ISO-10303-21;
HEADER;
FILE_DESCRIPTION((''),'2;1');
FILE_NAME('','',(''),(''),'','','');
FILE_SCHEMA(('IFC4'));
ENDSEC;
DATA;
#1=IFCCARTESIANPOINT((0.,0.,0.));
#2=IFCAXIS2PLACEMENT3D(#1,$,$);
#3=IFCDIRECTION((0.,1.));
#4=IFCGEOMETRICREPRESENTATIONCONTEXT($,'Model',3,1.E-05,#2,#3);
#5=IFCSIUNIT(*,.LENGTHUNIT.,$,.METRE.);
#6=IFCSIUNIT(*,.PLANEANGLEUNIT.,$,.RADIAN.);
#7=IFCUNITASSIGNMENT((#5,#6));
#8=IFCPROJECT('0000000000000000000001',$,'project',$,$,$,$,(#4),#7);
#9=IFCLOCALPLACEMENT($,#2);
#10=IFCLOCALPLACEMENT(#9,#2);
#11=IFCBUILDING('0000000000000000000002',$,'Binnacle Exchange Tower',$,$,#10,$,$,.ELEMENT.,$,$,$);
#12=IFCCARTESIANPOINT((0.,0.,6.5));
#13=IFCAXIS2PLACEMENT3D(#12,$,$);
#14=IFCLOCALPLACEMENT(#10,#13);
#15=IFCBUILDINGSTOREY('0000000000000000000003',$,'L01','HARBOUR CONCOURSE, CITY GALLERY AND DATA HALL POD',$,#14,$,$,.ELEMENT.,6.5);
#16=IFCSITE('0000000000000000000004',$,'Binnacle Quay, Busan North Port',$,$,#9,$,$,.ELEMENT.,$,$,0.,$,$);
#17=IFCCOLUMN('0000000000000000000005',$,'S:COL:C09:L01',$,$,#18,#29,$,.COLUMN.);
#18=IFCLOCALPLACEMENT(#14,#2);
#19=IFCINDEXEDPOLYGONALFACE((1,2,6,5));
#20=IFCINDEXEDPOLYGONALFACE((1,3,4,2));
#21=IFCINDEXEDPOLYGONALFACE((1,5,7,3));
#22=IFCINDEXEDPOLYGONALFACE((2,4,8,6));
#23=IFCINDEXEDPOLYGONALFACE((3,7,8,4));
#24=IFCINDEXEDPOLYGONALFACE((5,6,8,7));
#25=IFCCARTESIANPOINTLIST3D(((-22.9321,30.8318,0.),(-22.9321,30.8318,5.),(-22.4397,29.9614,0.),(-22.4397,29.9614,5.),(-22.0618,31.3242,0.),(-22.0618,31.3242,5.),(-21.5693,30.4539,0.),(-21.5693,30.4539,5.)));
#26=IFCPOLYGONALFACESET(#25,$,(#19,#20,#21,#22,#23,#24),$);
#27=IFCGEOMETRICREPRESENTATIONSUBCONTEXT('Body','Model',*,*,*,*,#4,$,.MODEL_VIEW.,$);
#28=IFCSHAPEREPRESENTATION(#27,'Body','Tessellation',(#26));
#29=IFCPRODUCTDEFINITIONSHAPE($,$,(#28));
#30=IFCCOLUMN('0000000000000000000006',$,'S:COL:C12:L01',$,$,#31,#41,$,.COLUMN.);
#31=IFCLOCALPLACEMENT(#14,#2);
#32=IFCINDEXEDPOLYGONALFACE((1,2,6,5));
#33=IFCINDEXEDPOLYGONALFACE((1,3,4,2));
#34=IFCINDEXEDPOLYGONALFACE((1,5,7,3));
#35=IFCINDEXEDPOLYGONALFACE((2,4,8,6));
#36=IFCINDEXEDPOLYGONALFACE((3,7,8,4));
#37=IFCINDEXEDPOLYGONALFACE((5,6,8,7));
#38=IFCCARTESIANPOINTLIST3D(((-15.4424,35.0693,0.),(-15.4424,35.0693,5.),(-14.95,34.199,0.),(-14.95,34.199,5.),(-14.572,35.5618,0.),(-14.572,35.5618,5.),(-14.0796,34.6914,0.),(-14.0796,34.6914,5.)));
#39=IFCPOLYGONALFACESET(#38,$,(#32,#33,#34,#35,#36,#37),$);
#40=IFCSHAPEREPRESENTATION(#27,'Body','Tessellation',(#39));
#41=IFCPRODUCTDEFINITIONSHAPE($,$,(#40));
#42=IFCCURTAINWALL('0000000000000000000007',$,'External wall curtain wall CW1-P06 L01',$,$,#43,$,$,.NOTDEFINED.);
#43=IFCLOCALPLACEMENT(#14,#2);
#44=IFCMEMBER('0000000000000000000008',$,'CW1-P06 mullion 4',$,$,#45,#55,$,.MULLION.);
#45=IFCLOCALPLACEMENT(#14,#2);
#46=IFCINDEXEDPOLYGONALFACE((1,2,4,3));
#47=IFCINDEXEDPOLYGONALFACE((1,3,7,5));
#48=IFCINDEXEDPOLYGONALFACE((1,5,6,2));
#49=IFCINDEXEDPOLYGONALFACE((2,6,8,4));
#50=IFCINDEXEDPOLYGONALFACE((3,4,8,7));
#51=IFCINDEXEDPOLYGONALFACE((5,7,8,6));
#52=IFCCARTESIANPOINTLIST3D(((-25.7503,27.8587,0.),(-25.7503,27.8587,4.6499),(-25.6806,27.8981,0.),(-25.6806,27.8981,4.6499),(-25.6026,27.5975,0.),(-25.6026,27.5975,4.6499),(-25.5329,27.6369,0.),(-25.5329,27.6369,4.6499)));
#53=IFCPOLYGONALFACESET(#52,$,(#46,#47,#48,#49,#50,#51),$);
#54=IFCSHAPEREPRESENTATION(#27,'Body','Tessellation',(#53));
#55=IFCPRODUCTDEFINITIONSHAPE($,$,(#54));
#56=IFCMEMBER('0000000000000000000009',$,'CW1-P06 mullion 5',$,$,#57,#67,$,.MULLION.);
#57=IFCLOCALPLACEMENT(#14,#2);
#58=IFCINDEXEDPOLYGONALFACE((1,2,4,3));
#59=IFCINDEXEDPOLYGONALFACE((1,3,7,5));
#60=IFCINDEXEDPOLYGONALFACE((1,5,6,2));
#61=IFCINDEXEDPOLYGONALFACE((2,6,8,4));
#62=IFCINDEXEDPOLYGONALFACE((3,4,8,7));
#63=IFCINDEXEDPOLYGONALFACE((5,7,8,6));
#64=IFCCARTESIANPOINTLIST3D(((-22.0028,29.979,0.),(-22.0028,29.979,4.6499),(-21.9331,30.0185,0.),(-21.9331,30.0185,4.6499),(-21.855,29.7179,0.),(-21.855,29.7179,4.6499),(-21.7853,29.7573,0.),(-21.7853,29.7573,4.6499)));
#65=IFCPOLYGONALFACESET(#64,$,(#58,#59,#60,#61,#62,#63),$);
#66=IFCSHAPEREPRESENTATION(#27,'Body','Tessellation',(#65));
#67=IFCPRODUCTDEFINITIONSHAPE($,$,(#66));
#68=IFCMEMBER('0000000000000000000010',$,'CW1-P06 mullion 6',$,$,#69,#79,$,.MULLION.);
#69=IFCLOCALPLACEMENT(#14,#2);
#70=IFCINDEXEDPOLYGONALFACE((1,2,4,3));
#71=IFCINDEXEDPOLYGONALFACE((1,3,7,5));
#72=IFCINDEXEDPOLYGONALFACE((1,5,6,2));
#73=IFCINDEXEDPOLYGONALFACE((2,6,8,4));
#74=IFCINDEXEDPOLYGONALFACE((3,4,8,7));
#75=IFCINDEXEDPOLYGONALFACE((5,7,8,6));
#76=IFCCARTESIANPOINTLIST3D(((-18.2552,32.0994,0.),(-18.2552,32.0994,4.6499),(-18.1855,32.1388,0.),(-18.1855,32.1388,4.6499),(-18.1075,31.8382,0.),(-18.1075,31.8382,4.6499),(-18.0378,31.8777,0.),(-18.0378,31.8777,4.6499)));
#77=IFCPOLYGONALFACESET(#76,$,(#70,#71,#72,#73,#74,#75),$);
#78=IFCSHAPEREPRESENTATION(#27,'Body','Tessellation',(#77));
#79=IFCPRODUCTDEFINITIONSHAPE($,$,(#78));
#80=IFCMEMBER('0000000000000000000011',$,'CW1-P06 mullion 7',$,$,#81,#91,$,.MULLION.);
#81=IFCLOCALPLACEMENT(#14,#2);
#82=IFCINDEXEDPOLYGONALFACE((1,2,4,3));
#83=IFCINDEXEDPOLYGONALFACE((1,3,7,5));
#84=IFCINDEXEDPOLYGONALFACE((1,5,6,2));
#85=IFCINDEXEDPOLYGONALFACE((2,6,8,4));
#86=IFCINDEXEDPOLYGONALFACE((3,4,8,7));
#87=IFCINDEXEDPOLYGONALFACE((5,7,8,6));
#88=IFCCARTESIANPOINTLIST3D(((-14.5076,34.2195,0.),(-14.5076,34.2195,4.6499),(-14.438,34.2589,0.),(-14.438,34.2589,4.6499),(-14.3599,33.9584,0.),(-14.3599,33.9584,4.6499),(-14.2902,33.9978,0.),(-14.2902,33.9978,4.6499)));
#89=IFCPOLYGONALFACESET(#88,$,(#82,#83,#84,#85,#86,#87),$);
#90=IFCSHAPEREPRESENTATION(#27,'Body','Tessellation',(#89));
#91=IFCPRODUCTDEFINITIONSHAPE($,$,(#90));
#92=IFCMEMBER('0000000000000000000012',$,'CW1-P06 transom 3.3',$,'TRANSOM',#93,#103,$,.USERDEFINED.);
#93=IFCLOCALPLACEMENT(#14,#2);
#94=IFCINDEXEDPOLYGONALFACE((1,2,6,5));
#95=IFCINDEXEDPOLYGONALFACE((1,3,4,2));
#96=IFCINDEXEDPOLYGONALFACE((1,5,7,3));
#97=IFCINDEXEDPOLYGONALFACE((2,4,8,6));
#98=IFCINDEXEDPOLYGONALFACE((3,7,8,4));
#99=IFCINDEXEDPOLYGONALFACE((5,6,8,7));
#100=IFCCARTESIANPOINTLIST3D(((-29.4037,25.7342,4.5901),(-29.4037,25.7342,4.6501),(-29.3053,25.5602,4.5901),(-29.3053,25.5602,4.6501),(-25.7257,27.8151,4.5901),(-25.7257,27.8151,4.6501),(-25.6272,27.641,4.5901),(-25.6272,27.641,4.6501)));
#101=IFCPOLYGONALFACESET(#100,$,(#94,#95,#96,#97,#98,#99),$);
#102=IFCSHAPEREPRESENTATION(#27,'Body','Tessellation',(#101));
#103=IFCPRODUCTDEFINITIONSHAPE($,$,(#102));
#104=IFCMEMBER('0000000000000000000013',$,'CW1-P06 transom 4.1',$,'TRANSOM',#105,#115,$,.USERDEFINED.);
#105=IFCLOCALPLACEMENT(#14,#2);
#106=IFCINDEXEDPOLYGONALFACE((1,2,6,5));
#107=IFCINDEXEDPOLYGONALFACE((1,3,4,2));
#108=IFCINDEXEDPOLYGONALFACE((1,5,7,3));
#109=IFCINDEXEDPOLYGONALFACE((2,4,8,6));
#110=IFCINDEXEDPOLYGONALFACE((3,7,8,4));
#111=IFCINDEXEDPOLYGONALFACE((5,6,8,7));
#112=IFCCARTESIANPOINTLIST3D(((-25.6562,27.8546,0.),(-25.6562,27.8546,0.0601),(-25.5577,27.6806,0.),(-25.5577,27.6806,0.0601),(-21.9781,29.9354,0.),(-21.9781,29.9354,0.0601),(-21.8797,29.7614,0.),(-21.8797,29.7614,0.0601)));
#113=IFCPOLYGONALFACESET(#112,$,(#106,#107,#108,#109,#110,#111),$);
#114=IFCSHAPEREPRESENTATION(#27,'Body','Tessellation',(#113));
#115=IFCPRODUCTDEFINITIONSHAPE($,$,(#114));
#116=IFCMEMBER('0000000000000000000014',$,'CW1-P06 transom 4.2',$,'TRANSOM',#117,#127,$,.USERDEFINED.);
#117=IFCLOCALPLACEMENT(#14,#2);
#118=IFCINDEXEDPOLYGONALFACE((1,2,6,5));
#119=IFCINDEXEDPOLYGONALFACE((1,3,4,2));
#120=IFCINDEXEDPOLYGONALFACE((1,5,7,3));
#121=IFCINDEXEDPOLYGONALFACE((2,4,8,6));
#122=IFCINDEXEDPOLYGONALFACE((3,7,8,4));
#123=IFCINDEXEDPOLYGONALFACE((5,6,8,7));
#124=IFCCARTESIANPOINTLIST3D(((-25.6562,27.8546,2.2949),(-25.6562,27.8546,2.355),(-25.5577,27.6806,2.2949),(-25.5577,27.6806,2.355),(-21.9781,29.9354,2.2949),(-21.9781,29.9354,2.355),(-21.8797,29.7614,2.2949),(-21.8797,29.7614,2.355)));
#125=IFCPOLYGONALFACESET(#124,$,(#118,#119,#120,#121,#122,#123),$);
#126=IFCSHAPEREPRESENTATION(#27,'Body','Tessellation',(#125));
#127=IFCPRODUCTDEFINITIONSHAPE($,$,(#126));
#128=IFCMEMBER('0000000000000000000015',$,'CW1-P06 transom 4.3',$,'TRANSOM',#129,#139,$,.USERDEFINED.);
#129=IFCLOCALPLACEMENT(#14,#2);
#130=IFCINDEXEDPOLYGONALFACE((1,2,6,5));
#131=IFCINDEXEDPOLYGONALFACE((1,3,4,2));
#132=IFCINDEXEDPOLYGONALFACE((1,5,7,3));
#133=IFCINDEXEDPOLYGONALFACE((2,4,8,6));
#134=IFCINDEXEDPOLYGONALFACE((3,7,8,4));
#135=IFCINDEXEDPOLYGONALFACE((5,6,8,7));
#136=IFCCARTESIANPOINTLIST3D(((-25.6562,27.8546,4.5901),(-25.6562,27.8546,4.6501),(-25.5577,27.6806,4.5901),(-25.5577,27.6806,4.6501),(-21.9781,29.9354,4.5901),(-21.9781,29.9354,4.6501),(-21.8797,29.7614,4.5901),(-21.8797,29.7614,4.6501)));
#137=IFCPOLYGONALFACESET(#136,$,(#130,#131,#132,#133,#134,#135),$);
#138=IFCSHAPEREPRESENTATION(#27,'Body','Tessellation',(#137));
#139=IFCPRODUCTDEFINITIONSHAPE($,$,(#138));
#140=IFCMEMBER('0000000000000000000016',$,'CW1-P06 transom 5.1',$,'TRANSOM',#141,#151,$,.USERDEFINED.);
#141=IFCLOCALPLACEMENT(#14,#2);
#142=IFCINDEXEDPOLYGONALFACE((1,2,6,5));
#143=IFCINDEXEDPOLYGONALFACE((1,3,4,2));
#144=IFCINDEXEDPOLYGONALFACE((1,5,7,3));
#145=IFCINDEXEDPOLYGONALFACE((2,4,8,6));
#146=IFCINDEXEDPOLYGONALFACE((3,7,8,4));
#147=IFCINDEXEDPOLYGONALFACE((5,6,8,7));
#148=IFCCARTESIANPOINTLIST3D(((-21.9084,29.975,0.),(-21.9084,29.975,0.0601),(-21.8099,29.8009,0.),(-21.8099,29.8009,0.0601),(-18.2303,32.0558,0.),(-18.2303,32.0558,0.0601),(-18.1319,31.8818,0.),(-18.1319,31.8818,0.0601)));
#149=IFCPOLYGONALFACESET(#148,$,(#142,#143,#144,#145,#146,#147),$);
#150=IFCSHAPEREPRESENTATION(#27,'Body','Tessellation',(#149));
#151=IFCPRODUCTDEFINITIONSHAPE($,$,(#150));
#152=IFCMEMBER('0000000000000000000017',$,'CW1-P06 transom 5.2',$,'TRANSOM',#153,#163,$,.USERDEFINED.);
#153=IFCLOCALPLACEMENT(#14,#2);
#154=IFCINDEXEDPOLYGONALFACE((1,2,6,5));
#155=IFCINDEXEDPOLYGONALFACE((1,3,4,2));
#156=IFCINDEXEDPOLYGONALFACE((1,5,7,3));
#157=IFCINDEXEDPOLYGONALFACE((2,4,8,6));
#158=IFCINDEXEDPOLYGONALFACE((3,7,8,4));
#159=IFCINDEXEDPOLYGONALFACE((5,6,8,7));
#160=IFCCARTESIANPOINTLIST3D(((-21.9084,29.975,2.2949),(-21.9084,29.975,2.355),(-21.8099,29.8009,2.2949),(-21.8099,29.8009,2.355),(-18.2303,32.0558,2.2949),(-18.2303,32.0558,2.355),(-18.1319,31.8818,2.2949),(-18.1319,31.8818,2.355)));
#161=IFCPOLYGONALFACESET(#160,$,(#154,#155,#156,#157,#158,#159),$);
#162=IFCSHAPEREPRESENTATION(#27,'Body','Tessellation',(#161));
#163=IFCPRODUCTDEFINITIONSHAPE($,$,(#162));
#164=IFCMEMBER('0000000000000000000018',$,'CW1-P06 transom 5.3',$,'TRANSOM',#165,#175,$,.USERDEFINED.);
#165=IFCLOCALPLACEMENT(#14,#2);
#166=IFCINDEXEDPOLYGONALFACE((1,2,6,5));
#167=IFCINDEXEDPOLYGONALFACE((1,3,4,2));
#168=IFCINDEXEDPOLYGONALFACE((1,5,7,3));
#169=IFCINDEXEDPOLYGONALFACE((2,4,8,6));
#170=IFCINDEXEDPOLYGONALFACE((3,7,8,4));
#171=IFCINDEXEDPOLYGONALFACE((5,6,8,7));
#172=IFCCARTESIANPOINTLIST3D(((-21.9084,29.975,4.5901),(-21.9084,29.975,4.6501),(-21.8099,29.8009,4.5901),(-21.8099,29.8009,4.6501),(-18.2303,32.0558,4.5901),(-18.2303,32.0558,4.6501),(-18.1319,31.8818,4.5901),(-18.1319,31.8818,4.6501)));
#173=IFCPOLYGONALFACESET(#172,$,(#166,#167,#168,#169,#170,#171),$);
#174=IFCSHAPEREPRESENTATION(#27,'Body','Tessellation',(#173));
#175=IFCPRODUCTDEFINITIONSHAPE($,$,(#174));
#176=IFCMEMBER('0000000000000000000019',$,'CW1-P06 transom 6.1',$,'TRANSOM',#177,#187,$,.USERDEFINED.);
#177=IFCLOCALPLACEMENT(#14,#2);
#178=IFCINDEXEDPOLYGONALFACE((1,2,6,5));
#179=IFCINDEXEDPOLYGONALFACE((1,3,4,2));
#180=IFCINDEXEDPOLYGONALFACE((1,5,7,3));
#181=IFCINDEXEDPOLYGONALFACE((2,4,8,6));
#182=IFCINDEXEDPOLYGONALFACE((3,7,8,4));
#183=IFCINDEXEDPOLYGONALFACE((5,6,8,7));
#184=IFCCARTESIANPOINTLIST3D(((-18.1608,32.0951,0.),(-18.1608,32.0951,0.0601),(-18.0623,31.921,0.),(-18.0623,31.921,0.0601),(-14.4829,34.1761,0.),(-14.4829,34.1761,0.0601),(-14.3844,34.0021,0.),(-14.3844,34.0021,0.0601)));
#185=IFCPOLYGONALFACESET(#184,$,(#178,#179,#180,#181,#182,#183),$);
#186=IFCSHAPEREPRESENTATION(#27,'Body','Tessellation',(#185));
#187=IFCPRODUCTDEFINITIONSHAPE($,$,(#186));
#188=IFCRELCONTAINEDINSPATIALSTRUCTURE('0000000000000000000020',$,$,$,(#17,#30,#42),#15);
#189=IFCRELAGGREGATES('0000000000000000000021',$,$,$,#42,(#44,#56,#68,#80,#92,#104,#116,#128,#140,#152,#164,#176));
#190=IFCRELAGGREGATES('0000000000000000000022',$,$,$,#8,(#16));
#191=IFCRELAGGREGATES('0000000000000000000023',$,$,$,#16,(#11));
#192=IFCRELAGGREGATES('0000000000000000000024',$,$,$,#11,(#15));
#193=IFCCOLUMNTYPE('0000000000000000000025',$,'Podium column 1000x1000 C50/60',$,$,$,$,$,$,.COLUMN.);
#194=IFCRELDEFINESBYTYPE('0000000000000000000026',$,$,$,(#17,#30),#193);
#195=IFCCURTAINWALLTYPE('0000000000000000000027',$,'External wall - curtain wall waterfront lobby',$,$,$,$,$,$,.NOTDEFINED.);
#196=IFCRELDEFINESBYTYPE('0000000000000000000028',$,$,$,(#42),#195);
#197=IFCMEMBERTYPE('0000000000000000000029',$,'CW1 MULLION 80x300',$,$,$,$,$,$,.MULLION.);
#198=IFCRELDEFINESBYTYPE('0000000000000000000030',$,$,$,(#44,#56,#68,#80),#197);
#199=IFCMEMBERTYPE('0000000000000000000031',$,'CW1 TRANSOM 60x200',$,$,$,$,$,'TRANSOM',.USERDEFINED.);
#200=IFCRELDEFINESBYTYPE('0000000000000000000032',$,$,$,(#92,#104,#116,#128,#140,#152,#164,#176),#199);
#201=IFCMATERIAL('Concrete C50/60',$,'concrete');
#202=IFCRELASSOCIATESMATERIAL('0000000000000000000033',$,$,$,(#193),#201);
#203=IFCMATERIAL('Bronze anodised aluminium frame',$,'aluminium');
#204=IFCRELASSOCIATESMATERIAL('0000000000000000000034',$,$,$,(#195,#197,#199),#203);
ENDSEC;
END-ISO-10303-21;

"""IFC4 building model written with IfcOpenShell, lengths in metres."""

from ifc_helpers import new_model, si_unit, direction, frame, origin, origin_2d, place, context, subcontext, project, spatial, rectangle, extrude, material, material_profile, profile_set, type_object, element, aggregate, save


model = new_model("IFC4")

# Units and contexts
model_context = context("Model", 3, precision=1e-05, world=origin(), true_north=direction((0.0, 1.0)))
body_context = subcontext(model_context, "Body", "Model", "MODEL_VIEW")
ifc_project = project(units=[si_unit("LENGTHUNIT", "METRE"), si_unit("PLANEANGLEUNIT", "RADIAN")], contexts=[model_context])

# Site, building, storey
site_placement = place(None, origin())
site = spatial("IfcSite", under=ifc_project, at=site_placement, Name="Binnacle Quay, Busan North Port", CompositionType="ELEMENT", RefElevation=0.0)
building_placement = place(site_placement, origin())
building = spatial("IfcBuilding", under=site, at=building_placement, Name="Binnacle Exchange Tower", CompositionType="ELEMENT")
storey_placement = place(building_placement, frame((0.0, 0.0, 6.5)))
storey = spatial("IfcBuildingStorey", under=building, at=storey_placement, Name="L01", Description="HARBOUR CONCOURSE, CITY GALLERY AND DATA HALL POD", CompositionType="ELEMENT", Elevation=6.5)

# Columns
ifc_material_1 = material(Name="Concrete C50/60", Category="concrete")
ifc_material_profile_1 = material_profile(ifc_material_1, rectangle(XDim=1.0, YDim=1.0, at=origin_2d()), Name="Podium column 1000x1000 C50/60")
ifc_profile_set_1 = profile_set([ifc_material_profile_1], Name="Concrete C50/60")
column_type = type_object("IfcColumnType", Name="Podium column 1000x1000 C50/60", PredefinedType="COLUMN", material=ifc_profile_set_1)
for number, where, z_axis, x_axis, name in (
    (1, (-22.2507, 30.6428, 0.0), (0.0, 0.0, 1.0), (0.870356, 0.492424, 0.0), "S:COL:C09:L01"),
    (2, (-14.761, 34.8804, 0.0), (0.0, 0.0, 1.0), (0.870356, 0.492424, 0.0), "S:COL:C12:L01"),
):
    element("IfcColumn", number, at=place(storey_placement, frame(where, z_axis=z_axis, x_axis=x_axis)), inside=storey, type_object=column_type, Name=name, PredefinedType="COLUMN", context=body_context, shape_type="SweptSolid", body=[
        extrude(rectangle(XDim=1.0, YDim=1.0, at=origin_2d()), origin(), (0.0, 0.0, 1.0), 5.0),
    ])

# Curtain wall, members
ifc_material_2 = material(Name="Bronze anodised aluminium frame", Category="aluminium")
curtain_wall_type = type_object("IfcCurtainWallType", Name="External wall - curtain wall waterfront lobby", PredefinedType="NOTDEFINED", material=ifc_material_2)
curtain_wall_placement = place(storey_placement, origin())
curtain_wall = element("IfcCurtainWall", 3, at=curtain_wall_placement, inside=storey, type_object=curtain_wall_type, Name="External wall curtain wall CW1-P06 L01", PredefinedType="NOTDEFINED")
ifc_material_profile_2 = material_profile(ifc_material_2, rectangle(XDim=0.3, YDim=0.0801, at=origin_2d()), Name="AL 80x300")
ifc_profile_set_2 = profile_set([ifc_material_profile_2], Name="Bronze anodised aluminium frame")
member_type_1 = type_object("IfcMemberType", Name="CW1 MULLION 80x300", PredefinedType="MULLION", material=ifc_profile_set_2)
member_1_placement = place(storey_placement, frame((-25.6416, 27.7478, 0.0), z_axis=(0.0, 0.0, 1.0), x_axis=(-0.492424, 0.870356, 0.0)))
member_1 = element("IfcMember", 4, at=member_1_placement, type_object=member_type_1, Name="CW1-P06 mullion 4", PredefinedType="MULLION", context=body_context, shape_type="SweptSolid", body=[
    extrude(rectangle(XDim=0.3, YDim=0.0801, at=origin_2d()), origin(), (0.0, 0.0, 1.0), 4.6499),
])
member_2_placement = place(storey_placement, frame((-21.894, 29.8682, 0.0), z_axis=(0.0, 0.0, 1.0), x_axis=(-0.492424, 0.870356, 0.0)))
member_2 = element("IfcMember", 5, at=member_2_placement, type_object=member_type_1, Name="CW1-P06 mullion 5", PredefinedType="MULLION", context=body_context, shape_type="SweptSolid", body=[
    extrude(rectangle(XDim=0.3, YDim=0.0801, at=origin_2d()), origin(), (0.0, 0.0, 1.0), 4.6499),
])
member_3_placement = place(storey_placement, frame((-18.1465, 31.9885, 0.0), z_axis=(0.0, 0.0, 1.0), x_axis=(-0.492424, 0.870356, 0.0)))
member_3 = element("IfcMember", 6, at=member_3_placement, type_object=member_type_1, Name="CW1-P06 mullion 6", PredefinedType="MULLION", context=body_context, shape_type="SweptSolid", body=[
    extrude(rectangle(XDim=0.3, YDim=0.0801, at=origin_2d()), origin(), (0.0, 0.0, 1.0), 4.6499),
])
member_4_placement = place(storey_placement, frame((-14.3989, 34.1086, 0.0), z_axis=(0.0, 0.0, 1.0), x_axis=(-0.492424, 0.870356, 0.0)))
member_4 = element("IfcMember", 7, at=member_4_placement, type_object=member_type_1, Name="CW1-P06 mullion 7", PredefinedType="MULLION", context=body_context, shape_type="SweptSolid", body=[
    extrude(rectangle(XDim=0.3, YDim=0.0801, at=origin_2d()), origin(), (0.0, 0.0, 1.0), 4.6499),
])
ifc_material_profile_3 = material_profile(ifc_material_2, rectangle(XDim=0.2, YDim=0.0601, at=origin_2d()), Name="AL 200x60")
ifc_profile_set_3 = profile_set([ifc_material_profile_3], Name="Bronze anodised aluminium frame")
member_type_2 = type_object("IfcMemberType", Name="CW1 TRANSOM 60x200", ElementType="TRANSOM", PredefinedType="USERDEFINED", material=ifc_profile_set_3)
member_5_placement = place(storey_placement, frame((-29.3545, 25.6472, 4.6201), z_axis=(0.870365, 0.492408, 0.0), x_axis=(-0.492408, 0.870365, 0.0)))
member_5 = element("IfcMember", 8, at=member_5_placement, type_object=member_type_2, Name="CW1-P06 transom 3.3", ObjectType="TRANSOM", PredefinedType="USERDEFINED", context=body_context, shape_type="SweptSolid", body=[
    extrude(rectangle(XDim=0.2, YDim=0.0601, at=origin_2d()), origin(), (0.0, 0.0, 1.0), 4.2258),
])
member_6_placement = place(storey_placement, frame((-25.6069, 27.7676, 0.03), z_axis=(0.870365, 0.492408, 0.0), x_axis=(-0.492408, 0.870365, 0.0)))
member_6 = element("IfcMember", 9, at=member_6_placement, type_object=member_type_2, Name="CW1-P06 transom 4.1", ObjectType="TRANSOM", PredefinedType="USERDEFINED", context=body_context, shape_type="SweptSolid", body=[
    extrude(rectangle(XDim=0.2, YDim=0.0601, at=origin_2d()), origin(), (0.0, 0.0, 1.0), 4.2258),
])
member_7_placement = place(storey_placement, frame((-25.6069, 27.7676, 2.325), z_axis=(0.870365, 0.492408, 0.0), x_axis=(-0.492408, 0.870365, 0.0)))
member_7 = element("IfcMember", 10, at=member_7_placement, type_object=member_type_2, Name="CW1-P06 transom 4.2", ObjectType="TRANSOM", PredefinedType="USERDEFINED", context=body_context, shape_type="SweptSolid", body=[
    extrude(rectangle(XDim=0.2, YDim=0.0601, at=origin_2d()), origin(), (0.0, 0.0, 1.0), 4.2258),
])
member_8_placement = place(storey_placement, frame((-25.6069, 27.7676, 4.6201), z_axis=(0.870365, 0.492408, 0.0), x_axis=(-0.492408, 0.870365, 0.0)))
member_8 = element("IfcMember", 11, at=member_8_placement, type_object=member_type_2, Name="CW1-P06 transom 4.3", ObjectType="TRANSOM", PredefinedType="USERDEFINED", context=body_context, shape_type="SweptSolid", body=[
    extrude(rectangle(XDim=0.2, YDim=0.0601, at=origin_2d()), origin(), (0.0, 0.0, 1.0), 4.2258),
])
member_9_placement = place(storey_placement, frame((-21.8591, 29.8879, 0.03), z_axis=(0.870365, 0.492408, 0.0), x_axis=(-0.492408, 0.870365, 0.0)))
member_9 = element("IfcMember", 12, at=member_9_placement, type_object=member_type_2, Name="CW1-P06 transom 5.1", ObjectType="TRANSOM", PredefinedType="USERDEFINED", context=body_context, shape_type="SweptSolid", body=[
    extrude(rectangle(XDim=0.2, YDim=0.0601, at=origin_2d()), origin(), (0.0, 0.0, 1.0), 4.2258),
])
member_10_placement = place(storey_placement, frame((-21.8591, 29.8879, 2.325), z_axis=(0.870365, 0.492408, 0.0), x_axis=(-0.492408, 0.870365, 0.0)))
member_10 = element("IfcMember", 13, at=member_10_placement, type_object=member_type_2, Name="CW1-P06 transom 5.2", ObjectType="TRANSOM", PredefinedType="USERDEFINED", context=body_context, shape_type="SweptSolid", body=[
    extrude(rectangle(XDim=0.2, YDim=0.0601, at=origin_2d()), origin(), (0.0, 0.0, 1.0), 4.2258),
])
member_11_placement = place(storey_placement, frame((-21.8591, 29.8879, 4.6201), z_axis=(0.870365, 0.492408, 0.0), x_axis=(-0.492408, 0.870365, 0.0)))
member_11 = element("IfcMember", 14, at=member_11_placement, type_object=member_type_2, Name="CW1-P06 transom 5.3", ObjectType="TRANSOM", PredefinedType="USERDEFINED", context=body_context, shape_type="SweptSolid", body=[
    extrude(rectangle(XDim=0.2, YDim=0.0601, at=origin_2d()), origin(), (0.0, 0.0, 1.0), 4.2258),
])
member_12_placement = place(storey_placement, frame((-18.1116, 32.0081, 0.03), z_axis=(0.87034, 0.492451, 0.0), x_axis=(-0.492451, 0.87034, 0.0)))
member_12 = element("IfcMember", 15, at=member_12_placement, type_object=member_type_2, Name="CW1-P06 transom 6.1", ObjectType="TRANSOM", PredefinedType="USERDEFINED", context=body_context, shape_type="SweptSolid", body=[
    extrude(rectangle(XDim=0.2, YDim=0.0601, at=origin_2d()), origin(), (0.0, 0.0, 1.0), 4.2258),
])

aggregate(curtain_wall, [member_1, member_2, member_3, member_4, member_5, member_6, member_7, member_8, member_9, member_10, member_11, member_12])

save(model, "model.ifc")
